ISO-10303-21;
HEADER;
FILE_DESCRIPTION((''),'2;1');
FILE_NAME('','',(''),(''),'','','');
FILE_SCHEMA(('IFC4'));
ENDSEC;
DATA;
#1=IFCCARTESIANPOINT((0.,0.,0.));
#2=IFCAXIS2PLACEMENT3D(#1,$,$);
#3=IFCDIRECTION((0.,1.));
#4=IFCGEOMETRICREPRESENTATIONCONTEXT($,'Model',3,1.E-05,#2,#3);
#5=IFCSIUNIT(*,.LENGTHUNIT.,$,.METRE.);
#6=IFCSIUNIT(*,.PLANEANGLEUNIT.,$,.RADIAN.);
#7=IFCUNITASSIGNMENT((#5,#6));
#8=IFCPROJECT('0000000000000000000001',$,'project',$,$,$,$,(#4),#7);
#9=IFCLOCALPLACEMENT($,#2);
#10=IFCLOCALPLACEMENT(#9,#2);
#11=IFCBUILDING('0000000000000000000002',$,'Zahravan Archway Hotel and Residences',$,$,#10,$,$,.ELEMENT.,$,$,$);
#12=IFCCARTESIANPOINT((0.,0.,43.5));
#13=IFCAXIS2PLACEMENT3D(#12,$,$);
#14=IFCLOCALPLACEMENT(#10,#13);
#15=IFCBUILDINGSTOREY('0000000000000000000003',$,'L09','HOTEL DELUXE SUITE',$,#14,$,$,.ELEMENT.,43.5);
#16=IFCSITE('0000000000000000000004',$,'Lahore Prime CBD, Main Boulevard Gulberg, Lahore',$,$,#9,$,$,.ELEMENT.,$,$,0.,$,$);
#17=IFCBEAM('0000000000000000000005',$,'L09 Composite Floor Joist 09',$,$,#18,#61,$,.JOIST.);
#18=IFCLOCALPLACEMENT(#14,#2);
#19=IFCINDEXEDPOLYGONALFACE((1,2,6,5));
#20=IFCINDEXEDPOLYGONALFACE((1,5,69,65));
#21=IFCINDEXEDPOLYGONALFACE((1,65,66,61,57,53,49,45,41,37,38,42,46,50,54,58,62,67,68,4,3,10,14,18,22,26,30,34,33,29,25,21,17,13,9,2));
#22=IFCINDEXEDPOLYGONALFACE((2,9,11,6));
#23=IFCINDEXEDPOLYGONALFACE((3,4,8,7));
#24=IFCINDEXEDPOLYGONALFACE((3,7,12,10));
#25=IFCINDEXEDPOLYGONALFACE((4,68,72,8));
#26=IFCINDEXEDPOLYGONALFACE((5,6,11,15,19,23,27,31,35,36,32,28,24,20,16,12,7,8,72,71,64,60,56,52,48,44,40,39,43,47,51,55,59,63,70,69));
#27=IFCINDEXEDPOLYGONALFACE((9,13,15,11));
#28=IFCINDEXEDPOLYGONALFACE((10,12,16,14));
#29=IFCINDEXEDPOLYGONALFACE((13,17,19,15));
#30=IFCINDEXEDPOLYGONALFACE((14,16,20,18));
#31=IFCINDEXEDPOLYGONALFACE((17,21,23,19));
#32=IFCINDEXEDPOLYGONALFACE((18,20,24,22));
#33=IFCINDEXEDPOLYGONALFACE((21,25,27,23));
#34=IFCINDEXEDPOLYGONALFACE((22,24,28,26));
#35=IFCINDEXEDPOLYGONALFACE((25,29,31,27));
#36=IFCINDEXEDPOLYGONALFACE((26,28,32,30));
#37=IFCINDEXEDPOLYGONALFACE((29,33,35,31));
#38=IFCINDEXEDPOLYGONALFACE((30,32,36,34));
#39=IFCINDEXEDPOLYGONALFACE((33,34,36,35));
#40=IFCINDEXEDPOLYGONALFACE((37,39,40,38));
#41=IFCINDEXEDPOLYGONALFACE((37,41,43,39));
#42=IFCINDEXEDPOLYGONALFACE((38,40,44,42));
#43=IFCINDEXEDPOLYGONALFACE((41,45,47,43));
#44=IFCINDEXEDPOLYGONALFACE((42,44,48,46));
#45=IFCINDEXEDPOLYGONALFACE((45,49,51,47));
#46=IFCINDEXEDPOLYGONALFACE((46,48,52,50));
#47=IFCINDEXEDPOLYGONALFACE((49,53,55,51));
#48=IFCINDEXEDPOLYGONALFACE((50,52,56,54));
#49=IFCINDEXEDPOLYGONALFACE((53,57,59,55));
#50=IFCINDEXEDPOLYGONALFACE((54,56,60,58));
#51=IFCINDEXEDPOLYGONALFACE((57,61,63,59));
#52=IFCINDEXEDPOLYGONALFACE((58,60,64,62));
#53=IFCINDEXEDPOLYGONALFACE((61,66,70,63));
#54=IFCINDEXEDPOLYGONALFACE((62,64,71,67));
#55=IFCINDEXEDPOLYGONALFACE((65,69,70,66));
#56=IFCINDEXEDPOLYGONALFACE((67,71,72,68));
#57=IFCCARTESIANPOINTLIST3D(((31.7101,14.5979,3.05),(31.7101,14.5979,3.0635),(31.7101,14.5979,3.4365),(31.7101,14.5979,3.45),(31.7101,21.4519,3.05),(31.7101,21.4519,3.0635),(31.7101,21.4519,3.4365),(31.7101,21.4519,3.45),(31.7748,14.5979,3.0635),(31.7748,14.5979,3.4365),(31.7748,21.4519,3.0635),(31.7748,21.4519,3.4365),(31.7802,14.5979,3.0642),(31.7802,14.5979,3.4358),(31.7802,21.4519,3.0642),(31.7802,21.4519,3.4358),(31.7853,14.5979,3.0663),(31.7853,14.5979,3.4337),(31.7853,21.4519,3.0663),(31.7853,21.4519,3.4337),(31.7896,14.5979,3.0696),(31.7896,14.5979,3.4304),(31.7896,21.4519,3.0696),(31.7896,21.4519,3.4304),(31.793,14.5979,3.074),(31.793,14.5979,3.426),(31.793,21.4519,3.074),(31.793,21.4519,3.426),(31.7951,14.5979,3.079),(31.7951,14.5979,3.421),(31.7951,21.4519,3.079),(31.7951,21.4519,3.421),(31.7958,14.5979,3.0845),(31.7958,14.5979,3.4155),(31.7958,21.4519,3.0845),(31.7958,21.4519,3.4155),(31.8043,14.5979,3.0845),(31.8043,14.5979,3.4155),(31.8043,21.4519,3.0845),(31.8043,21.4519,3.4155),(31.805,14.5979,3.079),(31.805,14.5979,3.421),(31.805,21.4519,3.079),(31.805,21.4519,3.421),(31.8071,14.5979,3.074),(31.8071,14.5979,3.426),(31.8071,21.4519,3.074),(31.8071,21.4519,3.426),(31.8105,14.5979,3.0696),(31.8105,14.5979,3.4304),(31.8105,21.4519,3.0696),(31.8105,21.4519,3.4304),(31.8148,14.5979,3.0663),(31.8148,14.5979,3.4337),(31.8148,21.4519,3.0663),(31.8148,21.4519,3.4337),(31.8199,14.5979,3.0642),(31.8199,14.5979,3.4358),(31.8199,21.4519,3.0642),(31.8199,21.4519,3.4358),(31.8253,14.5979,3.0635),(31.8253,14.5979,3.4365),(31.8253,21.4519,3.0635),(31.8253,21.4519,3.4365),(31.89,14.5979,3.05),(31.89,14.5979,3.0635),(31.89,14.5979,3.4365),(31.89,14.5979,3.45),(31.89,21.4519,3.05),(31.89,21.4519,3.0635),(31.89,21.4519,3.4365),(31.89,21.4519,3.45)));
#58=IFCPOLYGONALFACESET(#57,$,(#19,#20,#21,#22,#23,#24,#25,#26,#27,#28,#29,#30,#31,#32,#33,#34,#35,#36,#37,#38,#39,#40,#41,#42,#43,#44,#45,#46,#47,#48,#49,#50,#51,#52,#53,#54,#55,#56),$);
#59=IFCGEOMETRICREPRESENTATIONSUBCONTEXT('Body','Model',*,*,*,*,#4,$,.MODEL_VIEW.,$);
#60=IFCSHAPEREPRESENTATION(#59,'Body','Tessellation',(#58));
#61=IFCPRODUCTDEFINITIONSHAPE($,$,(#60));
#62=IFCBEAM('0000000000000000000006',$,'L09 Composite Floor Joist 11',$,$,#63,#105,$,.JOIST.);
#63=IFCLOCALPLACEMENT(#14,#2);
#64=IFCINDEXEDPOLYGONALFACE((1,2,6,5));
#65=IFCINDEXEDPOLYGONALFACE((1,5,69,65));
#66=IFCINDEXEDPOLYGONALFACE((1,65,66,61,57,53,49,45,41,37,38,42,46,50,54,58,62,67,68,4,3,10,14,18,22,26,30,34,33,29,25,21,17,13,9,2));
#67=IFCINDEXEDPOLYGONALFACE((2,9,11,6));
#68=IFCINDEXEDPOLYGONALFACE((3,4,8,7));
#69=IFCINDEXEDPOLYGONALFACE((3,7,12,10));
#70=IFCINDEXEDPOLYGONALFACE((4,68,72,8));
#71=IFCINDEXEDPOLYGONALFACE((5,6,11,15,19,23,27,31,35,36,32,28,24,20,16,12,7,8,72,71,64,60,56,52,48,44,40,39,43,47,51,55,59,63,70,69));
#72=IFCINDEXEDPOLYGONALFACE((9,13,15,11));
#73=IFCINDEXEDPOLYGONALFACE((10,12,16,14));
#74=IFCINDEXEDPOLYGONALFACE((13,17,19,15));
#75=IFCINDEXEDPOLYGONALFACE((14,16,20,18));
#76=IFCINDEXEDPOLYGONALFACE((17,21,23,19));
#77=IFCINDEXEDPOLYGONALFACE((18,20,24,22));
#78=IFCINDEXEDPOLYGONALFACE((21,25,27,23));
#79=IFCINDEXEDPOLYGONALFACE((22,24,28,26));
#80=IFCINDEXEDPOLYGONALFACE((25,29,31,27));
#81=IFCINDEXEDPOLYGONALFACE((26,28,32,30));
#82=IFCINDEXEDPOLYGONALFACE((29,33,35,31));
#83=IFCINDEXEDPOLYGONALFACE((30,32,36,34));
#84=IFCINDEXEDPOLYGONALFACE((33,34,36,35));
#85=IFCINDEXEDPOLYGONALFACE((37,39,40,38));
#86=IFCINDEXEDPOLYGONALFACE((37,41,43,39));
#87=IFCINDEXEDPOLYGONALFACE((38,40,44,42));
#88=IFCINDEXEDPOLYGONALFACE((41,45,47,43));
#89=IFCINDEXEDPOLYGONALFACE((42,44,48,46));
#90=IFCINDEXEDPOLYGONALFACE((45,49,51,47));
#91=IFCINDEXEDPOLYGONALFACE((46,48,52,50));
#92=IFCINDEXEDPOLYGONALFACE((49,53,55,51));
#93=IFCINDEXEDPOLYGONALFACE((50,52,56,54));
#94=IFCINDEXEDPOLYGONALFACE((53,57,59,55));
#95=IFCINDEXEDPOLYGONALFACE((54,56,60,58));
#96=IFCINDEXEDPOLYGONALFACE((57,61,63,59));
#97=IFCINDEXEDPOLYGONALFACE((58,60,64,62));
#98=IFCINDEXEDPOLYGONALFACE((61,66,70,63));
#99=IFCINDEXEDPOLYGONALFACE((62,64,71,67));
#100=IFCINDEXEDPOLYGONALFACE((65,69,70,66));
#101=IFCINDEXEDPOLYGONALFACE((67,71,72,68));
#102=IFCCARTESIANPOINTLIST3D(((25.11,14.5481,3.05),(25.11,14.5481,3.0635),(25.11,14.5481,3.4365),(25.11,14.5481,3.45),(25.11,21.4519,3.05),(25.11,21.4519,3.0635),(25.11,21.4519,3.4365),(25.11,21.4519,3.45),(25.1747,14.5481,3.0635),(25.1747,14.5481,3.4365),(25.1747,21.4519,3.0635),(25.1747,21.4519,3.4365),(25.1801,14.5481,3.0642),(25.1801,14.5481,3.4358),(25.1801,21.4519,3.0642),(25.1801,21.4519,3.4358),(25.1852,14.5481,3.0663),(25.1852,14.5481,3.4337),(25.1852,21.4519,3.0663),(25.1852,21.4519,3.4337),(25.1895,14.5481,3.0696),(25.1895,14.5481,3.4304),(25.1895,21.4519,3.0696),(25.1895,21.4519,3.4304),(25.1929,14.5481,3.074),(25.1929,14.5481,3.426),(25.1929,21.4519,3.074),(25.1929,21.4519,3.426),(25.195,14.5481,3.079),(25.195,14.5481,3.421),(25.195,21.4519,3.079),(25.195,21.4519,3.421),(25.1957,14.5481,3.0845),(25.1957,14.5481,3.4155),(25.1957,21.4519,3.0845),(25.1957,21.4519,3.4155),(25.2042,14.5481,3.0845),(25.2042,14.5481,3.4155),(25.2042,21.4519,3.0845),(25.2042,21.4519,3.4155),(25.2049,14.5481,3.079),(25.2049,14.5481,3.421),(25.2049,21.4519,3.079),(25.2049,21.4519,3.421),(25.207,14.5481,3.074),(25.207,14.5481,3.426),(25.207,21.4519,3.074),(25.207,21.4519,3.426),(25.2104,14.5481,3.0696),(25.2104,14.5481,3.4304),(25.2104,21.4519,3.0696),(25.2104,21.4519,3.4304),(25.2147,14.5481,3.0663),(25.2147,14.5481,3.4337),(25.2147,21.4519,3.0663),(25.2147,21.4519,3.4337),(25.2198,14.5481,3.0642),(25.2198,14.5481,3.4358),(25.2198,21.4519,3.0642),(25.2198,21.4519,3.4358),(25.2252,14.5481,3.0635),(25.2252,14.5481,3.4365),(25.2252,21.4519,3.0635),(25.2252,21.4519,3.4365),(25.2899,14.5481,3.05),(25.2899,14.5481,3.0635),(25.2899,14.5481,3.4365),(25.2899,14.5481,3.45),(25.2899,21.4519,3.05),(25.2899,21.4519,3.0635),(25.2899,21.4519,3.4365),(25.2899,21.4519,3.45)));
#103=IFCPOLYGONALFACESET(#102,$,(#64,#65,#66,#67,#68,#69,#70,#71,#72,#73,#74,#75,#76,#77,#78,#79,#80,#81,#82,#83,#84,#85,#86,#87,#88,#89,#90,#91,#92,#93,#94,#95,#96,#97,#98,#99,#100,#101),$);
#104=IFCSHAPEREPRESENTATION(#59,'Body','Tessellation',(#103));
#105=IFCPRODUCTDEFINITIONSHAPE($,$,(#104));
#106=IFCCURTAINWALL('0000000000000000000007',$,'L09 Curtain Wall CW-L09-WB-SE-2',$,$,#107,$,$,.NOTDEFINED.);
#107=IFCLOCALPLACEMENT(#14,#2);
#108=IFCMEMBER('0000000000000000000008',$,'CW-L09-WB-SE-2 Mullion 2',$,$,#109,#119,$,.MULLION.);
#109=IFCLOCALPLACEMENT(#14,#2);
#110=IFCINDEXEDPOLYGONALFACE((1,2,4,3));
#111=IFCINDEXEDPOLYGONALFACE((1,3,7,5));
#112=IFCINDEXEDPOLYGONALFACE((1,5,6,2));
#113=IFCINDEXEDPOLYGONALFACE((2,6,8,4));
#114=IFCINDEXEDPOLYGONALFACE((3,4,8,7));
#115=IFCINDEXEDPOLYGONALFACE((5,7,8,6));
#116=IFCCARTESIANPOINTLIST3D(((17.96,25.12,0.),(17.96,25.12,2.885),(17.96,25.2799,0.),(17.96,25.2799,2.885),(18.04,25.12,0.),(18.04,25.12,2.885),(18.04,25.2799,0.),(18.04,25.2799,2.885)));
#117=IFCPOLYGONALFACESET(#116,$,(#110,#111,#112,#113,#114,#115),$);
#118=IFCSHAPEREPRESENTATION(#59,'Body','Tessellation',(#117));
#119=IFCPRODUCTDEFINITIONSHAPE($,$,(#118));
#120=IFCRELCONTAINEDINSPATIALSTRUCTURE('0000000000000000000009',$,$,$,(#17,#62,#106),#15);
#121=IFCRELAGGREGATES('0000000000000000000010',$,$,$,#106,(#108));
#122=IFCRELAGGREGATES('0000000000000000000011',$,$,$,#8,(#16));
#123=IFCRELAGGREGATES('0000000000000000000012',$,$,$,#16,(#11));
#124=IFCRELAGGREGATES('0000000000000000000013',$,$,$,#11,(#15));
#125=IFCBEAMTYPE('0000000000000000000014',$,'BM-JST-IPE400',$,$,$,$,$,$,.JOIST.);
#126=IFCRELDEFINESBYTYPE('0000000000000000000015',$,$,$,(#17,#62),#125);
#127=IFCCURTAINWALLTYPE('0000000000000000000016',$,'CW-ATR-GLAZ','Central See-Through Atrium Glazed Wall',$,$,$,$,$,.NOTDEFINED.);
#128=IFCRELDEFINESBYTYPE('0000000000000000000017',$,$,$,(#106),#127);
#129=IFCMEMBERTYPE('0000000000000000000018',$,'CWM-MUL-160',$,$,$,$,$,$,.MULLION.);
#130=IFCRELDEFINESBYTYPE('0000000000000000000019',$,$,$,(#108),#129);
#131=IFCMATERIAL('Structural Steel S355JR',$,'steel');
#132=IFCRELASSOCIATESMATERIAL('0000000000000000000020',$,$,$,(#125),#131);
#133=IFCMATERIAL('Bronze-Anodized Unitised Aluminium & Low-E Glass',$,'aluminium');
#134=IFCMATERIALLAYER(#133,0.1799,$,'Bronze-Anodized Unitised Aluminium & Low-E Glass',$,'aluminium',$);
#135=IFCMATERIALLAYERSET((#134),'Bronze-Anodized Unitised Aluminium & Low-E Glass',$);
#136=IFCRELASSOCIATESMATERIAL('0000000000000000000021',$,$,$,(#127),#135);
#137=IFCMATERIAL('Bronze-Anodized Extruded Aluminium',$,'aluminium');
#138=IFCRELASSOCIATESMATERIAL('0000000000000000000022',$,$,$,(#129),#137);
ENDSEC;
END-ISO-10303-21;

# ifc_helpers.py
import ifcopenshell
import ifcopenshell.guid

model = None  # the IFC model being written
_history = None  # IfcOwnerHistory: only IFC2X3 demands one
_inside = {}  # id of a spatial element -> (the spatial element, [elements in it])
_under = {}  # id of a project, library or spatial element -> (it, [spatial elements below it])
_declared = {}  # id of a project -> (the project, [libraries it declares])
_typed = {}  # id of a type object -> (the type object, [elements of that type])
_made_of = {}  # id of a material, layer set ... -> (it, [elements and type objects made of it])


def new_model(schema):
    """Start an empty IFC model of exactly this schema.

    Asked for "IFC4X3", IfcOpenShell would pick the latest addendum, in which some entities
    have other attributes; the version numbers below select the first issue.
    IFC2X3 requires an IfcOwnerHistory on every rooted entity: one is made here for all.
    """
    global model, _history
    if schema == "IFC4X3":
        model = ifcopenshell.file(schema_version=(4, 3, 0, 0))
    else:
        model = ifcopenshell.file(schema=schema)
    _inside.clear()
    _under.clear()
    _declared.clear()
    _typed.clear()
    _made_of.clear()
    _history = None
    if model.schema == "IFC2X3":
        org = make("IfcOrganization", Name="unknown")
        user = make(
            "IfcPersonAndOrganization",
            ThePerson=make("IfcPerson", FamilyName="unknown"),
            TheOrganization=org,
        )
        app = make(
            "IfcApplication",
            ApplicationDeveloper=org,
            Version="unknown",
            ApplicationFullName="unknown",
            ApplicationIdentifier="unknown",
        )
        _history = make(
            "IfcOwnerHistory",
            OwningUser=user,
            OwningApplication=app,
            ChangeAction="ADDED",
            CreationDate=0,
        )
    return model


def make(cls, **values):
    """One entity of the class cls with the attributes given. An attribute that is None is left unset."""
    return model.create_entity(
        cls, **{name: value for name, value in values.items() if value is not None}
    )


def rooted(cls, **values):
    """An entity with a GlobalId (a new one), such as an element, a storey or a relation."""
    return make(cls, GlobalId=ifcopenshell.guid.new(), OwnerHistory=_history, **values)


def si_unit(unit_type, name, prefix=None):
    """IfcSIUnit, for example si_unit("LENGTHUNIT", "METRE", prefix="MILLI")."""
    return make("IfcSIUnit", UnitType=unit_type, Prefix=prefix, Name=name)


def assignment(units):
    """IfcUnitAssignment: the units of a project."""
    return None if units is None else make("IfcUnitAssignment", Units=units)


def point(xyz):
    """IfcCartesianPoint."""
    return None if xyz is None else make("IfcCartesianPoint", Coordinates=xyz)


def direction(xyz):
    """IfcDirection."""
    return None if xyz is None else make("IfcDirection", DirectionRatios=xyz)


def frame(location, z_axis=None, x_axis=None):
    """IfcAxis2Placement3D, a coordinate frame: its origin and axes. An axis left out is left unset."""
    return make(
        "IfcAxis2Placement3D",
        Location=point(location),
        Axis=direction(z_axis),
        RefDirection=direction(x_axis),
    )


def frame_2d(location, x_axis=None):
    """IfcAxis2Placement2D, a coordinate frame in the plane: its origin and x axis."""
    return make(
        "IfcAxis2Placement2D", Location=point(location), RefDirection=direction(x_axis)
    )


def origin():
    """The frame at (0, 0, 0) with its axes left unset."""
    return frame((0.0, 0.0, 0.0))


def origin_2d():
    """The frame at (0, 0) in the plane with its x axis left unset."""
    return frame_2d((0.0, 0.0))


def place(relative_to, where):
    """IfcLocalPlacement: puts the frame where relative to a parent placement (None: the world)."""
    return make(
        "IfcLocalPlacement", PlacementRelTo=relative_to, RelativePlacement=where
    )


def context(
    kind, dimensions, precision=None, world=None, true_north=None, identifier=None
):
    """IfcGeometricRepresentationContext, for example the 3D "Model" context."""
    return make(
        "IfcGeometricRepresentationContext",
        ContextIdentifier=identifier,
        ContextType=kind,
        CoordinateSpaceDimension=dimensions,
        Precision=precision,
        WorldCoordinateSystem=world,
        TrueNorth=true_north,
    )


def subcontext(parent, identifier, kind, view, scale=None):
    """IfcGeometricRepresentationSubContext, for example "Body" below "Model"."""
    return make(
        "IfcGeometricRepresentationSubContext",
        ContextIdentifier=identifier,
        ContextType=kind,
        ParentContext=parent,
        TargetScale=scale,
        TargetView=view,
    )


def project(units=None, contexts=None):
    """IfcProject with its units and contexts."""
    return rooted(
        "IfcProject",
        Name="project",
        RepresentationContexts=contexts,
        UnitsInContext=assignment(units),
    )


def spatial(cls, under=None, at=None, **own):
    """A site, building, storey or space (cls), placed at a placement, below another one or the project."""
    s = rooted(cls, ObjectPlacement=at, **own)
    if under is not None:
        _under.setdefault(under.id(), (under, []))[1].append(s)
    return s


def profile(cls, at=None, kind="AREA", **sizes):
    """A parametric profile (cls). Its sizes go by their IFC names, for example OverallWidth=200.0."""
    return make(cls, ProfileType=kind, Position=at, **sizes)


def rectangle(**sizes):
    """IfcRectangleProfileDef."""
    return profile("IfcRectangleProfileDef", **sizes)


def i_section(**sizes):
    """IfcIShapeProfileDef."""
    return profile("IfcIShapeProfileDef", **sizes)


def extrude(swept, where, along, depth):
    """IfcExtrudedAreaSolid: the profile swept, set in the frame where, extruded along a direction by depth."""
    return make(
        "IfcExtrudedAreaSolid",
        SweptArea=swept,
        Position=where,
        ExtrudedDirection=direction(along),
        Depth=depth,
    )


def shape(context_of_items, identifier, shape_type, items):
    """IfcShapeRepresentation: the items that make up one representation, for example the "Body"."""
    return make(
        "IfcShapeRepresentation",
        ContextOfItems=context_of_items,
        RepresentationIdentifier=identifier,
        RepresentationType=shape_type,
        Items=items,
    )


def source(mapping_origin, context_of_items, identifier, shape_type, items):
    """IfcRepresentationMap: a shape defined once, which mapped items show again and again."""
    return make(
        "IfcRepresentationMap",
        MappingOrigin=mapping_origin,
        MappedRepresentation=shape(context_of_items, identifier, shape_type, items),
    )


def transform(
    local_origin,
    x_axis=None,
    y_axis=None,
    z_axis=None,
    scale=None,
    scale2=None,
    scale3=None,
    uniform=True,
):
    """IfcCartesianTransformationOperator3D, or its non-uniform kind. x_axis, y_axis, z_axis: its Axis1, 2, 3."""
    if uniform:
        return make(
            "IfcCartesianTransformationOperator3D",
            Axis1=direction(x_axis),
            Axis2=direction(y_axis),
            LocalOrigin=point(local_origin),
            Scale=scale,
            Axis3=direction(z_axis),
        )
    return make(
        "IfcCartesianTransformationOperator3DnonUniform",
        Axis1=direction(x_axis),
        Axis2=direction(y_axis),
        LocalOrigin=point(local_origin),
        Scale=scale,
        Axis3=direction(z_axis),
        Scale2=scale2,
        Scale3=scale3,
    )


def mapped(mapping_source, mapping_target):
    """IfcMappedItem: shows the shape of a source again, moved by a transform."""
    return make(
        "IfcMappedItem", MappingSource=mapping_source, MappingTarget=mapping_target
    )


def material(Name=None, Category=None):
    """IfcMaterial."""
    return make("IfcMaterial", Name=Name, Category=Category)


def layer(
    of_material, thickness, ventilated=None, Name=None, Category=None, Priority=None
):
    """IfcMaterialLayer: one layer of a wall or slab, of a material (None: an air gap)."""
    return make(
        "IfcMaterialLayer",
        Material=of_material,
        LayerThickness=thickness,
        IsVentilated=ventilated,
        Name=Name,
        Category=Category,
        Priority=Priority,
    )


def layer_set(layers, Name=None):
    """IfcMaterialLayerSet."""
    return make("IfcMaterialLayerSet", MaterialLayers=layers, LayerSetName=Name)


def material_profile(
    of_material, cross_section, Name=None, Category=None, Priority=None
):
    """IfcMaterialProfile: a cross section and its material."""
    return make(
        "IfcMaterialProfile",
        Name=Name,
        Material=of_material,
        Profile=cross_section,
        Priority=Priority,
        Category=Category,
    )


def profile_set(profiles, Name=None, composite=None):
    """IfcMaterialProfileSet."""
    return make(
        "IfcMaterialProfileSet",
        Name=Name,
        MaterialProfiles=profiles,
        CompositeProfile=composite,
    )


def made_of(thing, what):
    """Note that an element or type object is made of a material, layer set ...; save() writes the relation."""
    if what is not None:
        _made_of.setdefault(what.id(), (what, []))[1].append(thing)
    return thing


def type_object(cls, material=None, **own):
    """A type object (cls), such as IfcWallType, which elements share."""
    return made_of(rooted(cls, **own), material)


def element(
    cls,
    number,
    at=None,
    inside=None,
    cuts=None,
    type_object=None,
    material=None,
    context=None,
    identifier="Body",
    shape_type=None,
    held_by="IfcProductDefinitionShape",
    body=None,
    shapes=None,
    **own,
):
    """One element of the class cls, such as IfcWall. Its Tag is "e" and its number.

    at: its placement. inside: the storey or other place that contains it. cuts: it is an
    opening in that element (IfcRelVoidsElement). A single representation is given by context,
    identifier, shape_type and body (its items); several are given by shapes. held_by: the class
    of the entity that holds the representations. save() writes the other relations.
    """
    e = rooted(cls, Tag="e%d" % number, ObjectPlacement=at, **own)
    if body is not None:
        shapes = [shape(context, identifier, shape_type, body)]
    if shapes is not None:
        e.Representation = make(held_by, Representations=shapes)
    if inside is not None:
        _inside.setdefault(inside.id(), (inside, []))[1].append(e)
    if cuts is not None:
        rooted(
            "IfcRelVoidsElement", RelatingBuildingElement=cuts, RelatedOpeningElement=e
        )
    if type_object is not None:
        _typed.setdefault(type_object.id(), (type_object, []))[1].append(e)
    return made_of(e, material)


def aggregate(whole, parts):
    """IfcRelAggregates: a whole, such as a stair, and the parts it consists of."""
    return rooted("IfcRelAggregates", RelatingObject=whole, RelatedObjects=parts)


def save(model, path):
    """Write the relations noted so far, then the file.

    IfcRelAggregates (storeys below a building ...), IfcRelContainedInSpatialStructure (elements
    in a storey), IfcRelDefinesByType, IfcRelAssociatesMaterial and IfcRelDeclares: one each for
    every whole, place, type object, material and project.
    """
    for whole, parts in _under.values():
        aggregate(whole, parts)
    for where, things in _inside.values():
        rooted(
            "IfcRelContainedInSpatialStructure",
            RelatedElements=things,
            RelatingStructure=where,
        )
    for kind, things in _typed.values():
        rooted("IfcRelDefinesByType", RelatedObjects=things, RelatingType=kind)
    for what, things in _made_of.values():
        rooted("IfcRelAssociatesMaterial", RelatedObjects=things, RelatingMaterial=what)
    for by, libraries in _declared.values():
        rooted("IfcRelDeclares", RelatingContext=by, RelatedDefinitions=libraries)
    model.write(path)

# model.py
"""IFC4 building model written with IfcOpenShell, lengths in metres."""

from ifc_helpers import new_model, si_unit, direction, frame, origin, origin_2d, place, context, subcontext, project, spatial, rectangle, i_section, extrude, source, transform, mapped, material, layer, layer_set, material_profile, profile_set, type_object, element, aggregate, save


model = new_model("IFC4")

# Units and contexts
model_context = context("Model", 3, precision=1e-05, world=origin(), true_north=direction((0.0, 1.0)))
body_context = subcontext(model_context, "Body", "Model", "MODEL_VIEW")
ifc_project = project(units=[si_unit("LENGTHUNIT", "METRE"), si_unit("PLANEANGLEUNIT", "RADIAN")], contexts=[model_context])

# Site, building, storey
site_placement = place(None, origin())
site = spatial("IfcSite", under=ifc_project, at=site_placement, Name="Lahore Prime CBD, Main Boulevard Gulberg, Lahore", CompositionType="ELEMENT", RefElevation=0.0)
building_placement = place(site_placement, origin())
building = spatial("IfcBuilding", under=site, at=building_placement, Name="Zahravan Archway Hotel and Residences", CompositionType="ELEMENT")
storey_placement = place(building_placement, frame((0.0, 0.0, 43.5)))
storey = spatial("IfcBuildingStorey", under=building, at=storey_placement, Name="L09", Description="HOTEL DELUXE SUITE", CompositionType="ELEMENT", Elevation=43.5)

# Beams
ifc_material_1 = material(Name="Structural Steel S355JR", Category="steel")
ifc_material_profile_1 = material_profile(ifc_material_1, i_section(OverallWidth=0.1799, OverallDepth=0.3999, WebThickness=0.0085, FlangeThickness=0.0134, FilletRadius=0.021, at=origin_2d()), Name="IPE 400", Category="steel")
ifc_profile_set_1 = profile_set([ifc_material_profile_1], Name="Structural Steel S355JR")
beam_type_1 = type_object("IfcBeamType", Name="BM-JST-IPE400", PredefinedType="JOIST", material=ifc_profile_set_1)
shared_shape_1 = source(origin(), body_context, "Body", "SweptSolid", [
    extrude(i_section(OverallWidth=0.1799, OverallDepth=0.3999, WebThickness=0.0085, FlangeThickness=0.0134, FilletRadius=0.021, at=origin_2d()), origin(), (0.0, 0.0, 1.0), 6.854),
])
beam_1_placement = place(storey_placement, frame((31.8, 14.5979, 3.25), z_axis=(0.0, 1.0, 0.0), x_axis=(-1.0, 0.0, 0.0)))
element("IfcBeam", 1, at=beam_1_placement, inside=storey, type_object=beam_type_1, Name="L09 Composite Floor Joist 09", PredefinedType="JOIST", context=body_context, shape_type="MappedRepresentation", body=[
    mapped(shared_shape_1, transform((0.0, 0.0, 0.0), scale=1.0)),
])
shared_shape_2 = source(origin(), body_context, "Body", "SweptSolid", [
    extrude(i_section(OverallWidth=0.1799, OverallDepth=0.3999, WebThickness=0.0085, FlangeThickness=0.0134, FilletRadius=0.021, at=origin_2d()), origin(), (0.0, 0.0, 1.0), 6.9038),
])
beam_2_placement = place(storey_placement, frame((25.2, 14.5481, 3.25), z_axis=(0.0, 1.0, 0.0), x_axis=(-1.0, 0.0, 0.0)))
element("IfcBeam", 2, at=beam_2_placement, inside=storey, type_object=beam_type_1, Name="L09 Composite Floor Joist 11", PredefinedType="JOIST", context=body_context, shape_type="MappedRepresentation", body=[
    mapped(shared_shape_2, transform((0.0, 0.0, 0.0), scale=1.0)),
])

# Curtain wall, member
ifc_material_2 = material(Name="Bronze-Anodized Unitised Aluminium & Low-E Glass", Category="aluminium")
ifc_layer_1 = layer(ifc_material_2, 0.1799, Name="Bronze-Anodized Unitised Aluminium & Low-E Glass", Category="aluminium")
ifc_layer_set_1 = layer_set([ifc_layer_1], Name="Bronze-Anodized Unitised Aluminium & Low-E Glass")
curtain_wall_type = type_object("IfcCurtainWallType", Name="CW-ATR-GLAZ", Description="Central See-Through Atrium Glazed Wall", PredefinedType="NOTDEFINED", material=ifc_layer_set_1)
curtain_wall_placement = place(storey_placement, origin())
curtain_wall = element("IfcCurtainWall", 3, at=curtain_wall_placement, inside=storey, type_object=curtain_wall_type, Name="L09 Curtain Wall CW-L09-WB-SE-2", PredefinedType="NOTDEFINED")
ifc_material_3 = material(Name="Bronze-Anodized Extruded Aluminium", Category="aluminium")
ifc_material_profile_2 = material_profile(ifc_material_3, rectangle(XDim=0.0801, YDim=0.1599, at=origin_2d()), Name="MUL 80x160", Category="aluminium")
ifc_profile_set_2 = profile_set([ifc_material_profile_2], Name="Bronze-Anodized Extruded Aluminium")
member_type = type_object("IfcMemberType", Name="CWM-MUL-160", PredefinedType="MULLION", material=ifc_profile_set_2)
shared_shape_3 = source(origin(), body_context, "Body", "SweptSolid", [
    extrude(rectangle(XDim=0.0801, YDim=0.1599, at=origin_2d()), origin(), (0.0, 0.0, 1.0), 2.885),
])
member_placement = place(storey_placement, frame((18.0, 25.2, 0.0), z_axis=(0.0, 0.0, 1.0), x_axis=(1.0, 0.0, 0.0)))
member = element("IfcMember", 4, at=member_placement, type_object=member_type, Name="CW-L09-WB-SE-2 Mullion 2", PredefinedType="MULLION", context=body_context, shape_type="MappedRepresentation", body=[
    mapped(shared_shape_3, transform((0.0, 0.0, 0.0), scale=1.0)),
])
aggregate(curtain_wall, [member])

save(model, "model.ifc")
